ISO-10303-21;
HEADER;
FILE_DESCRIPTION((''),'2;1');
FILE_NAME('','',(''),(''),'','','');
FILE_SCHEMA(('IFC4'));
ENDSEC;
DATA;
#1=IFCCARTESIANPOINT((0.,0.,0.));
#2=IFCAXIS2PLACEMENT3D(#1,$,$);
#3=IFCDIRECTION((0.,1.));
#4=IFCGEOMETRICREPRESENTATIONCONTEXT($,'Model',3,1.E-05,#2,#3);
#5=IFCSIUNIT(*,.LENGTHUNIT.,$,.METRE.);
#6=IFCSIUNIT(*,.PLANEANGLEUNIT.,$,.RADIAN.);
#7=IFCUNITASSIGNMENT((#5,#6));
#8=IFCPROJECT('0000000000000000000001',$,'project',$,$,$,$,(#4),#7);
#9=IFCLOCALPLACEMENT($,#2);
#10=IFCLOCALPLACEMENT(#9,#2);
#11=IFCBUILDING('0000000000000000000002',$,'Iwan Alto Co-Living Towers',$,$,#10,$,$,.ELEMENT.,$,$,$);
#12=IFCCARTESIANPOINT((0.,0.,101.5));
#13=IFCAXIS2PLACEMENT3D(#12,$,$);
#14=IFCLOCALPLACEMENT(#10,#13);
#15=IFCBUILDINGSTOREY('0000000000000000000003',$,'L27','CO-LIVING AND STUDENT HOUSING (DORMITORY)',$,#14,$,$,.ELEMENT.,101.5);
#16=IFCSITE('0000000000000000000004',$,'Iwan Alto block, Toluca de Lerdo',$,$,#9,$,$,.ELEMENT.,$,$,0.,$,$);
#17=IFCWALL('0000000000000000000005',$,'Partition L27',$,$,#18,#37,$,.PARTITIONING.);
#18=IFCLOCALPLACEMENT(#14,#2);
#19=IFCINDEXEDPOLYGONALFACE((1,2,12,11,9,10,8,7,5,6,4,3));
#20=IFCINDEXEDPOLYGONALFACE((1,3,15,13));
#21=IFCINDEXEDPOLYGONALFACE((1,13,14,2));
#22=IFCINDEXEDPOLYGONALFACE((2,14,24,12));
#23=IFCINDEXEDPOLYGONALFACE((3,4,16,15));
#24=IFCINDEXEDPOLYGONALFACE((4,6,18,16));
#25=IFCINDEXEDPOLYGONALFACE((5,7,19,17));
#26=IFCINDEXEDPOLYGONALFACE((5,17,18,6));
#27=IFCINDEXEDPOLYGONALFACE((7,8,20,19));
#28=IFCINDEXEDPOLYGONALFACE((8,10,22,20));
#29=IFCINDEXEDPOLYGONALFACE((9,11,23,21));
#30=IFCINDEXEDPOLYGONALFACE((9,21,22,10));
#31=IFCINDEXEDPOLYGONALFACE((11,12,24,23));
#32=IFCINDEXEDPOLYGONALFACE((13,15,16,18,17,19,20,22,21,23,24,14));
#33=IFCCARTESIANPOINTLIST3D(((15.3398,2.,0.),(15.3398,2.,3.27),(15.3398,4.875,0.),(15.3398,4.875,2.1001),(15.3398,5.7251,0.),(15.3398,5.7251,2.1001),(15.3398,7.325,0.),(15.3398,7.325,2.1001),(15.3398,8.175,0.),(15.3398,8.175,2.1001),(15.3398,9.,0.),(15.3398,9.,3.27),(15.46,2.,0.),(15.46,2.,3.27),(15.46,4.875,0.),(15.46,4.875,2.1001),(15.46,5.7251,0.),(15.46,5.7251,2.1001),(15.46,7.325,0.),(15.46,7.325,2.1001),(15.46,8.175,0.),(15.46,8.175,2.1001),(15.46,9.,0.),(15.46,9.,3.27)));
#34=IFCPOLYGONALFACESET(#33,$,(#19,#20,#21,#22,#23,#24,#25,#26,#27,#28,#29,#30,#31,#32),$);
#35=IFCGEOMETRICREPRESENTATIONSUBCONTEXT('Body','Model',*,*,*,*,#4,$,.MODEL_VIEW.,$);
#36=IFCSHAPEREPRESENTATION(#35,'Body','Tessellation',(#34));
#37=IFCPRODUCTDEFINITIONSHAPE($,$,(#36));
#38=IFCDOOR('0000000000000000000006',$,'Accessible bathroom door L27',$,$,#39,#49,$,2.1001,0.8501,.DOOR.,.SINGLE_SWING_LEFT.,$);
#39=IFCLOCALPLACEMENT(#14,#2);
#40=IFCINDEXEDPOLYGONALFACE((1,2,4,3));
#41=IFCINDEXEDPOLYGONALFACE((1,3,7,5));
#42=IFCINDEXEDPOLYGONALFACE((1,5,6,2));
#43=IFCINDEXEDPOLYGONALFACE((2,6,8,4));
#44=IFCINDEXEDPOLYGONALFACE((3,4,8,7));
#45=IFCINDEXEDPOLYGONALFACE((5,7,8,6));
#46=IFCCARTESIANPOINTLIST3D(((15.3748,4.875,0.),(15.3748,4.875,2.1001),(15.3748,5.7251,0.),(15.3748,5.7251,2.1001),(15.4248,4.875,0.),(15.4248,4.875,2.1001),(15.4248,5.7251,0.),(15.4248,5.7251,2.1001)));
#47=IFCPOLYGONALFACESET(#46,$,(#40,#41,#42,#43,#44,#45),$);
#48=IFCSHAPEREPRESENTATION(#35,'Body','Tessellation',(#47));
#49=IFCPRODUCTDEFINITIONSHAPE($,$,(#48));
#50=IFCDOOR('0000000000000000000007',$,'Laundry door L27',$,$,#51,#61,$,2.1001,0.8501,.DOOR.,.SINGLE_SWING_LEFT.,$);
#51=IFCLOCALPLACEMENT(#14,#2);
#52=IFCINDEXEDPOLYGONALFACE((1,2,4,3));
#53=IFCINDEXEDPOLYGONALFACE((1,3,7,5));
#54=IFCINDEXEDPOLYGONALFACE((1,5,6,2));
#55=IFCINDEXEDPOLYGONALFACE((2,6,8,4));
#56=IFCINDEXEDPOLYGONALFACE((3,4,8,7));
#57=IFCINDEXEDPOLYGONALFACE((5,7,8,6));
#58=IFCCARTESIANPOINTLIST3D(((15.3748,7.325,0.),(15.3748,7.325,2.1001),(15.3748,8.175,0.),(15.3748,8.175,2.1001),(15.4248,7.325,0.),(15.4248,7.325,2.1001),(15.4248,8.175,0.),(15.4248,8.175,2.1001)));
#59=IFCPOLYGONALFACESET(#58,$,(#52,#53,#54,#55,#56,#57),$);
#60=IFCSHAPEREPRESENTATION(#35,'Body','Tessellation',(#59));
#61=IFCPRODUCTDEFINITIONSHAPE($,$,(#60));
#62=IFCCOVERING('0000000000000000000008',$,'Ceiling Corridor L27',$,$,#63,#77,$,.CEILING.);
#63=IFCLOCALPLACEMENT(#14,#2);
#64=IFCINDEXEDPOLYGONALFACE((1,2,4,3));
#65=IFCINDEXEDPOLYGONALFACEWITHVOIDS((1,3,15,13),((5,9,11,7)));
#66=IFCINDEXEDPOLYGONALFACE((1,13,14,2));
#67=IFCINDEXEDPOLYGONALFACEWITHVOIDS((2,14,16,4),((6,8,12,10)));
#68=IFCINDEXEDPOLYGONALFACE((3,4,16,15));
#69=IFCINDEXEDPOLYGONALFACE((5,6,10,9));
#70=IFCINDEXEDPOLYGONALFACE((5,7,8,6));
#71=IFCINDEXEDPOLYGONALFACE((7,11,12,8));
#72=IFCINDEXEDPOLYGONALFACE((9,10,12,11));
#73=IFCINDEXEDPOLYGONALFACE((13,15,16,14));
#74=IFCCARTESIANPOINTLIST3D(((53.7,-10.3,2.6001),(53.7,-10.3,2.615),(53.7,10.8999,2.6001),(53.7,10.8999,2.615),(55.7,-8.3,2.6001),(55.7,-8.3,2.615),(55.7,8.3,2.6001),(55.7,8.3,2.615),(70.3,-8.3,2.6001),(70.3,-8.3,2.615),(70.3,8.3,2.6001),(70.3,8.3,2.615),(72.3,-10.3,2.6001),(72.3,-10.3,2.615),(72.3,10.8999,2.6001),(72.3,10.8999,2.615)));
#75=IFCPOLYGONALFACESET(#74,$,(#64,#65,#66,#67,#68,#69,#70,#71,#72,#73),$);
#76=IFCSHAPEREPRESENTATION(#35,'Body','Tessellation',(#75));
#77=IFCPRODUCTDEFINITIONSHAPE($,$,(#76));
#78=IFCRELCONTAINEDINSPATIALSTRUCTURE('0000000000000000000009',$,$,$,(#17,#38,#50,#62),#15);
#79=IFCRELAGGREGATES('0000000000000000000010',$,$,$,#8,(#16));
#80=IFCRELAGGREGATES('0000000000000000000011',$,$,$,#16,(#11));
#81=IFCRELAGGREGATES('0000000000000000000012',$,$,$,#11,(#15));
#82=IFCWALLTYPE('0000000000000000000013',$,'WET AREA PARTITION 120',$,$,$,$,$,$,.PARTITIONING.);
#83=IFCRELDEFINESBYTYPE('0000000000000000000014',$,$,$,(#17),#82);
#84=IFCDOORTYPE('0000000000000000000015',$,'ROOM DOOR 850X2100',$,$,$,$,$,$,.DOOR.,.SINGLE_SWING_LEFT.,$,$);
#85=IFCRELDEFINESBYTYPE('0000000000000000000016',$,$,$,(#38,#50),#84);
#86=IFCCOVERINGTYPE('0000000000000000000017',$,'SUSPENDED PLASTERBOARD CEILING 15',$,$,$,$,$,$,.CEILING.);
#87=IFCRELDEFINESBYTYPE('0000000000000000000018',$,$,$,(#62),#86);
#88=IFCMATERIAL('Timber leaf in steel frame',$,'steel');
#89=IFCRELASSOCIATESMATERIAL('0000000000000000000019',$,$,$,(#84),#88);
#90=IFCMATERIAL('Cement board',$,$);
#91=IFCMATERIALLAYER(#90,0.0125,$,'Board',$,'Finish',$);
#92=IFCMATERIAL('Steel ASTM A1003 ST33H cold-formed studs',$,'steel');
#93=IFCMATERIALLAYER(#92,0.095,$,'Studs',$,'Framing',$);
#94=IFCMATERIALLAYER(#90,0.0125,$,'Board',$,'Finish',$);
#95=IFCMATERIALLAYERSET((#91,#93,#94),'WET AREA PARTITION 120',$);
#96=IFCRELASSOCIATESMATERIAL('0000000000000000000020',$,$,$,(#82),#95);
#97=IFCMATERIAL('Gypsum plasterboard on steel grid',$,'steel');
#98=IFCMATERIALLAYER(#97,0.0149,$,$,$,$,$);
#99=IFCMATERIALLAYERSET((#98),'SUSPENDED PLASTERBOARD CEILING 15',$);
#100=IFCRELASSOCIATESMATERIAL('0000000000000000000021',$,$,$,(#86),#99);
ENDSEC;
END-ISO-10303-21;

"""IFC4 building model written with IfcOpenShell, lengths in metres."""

from ifc_helpers import new_model, si_unit, direction, frame, frame_2d, origin, place, context, subcontext, project, spatial, polyline, rectangle, outline, extrude, material, layer, layer_set, type_object, element, fill, save


model = new_model("IFC4")

# Units and contexts
model_context = context("Model", 3, precision=1e-05, world=origin(), true_north=direction((0.0, 1.0)))
body_context = subcontext(model_context, "Body", "Model", "MODEL_VIEW")
ifc_project = project(units=[si_unit("LENGTHUNIT", "METRE"), si_unit("PLANEANGLEUNIT", "RADIAN")], contexts=[model_context])

# Site, building, storey
site_placement = place(None, origin())
site = spatial("IfcSite", under=ifc_project, at=site_placement, Name="Iwan Alto block, Toluca de Lerdo", CompositionType="ELEMENT", RefElevation=0.0)
building_placement = place(site_placement, origin())
building = spatial("IfcBuilding", under=site, at=building_placement, Name="Iwan Alto Co-Living Towers", CompositionType="ELEMENT")
storey_placement = place(building_placement, frame((0.0, 0.0, 101.5)))
storey = spatial("IfcBuildingStorey", under=building, at=storey_placement, Name="L27", Description="CO-LIVING AND STUDENT HOUSING (DORMITORY)", CompositionType="ELEMENT", Elevation=101.5)

# Shared definitions
ifc_material_1 = material(Name="Steel ASTM A1003 ST33H cold-formed studs", Category="steel")

# Shared definitions
ifc_material_2 = material(Name="Timber leaf in steel frame", Category="steel")
door_type_1 = type_object("IfcDoorType", Name="ROOM DOOR 850X2100", OperationType="SINGLE_SWING_LEFT", PredefinedType="DOOR", material=ifc_material_2)

# Shared definitions
ifc_material_3 = material(Name="Cement board")
ifc_layer_1 = layer(ifc_material_3, 0.0125, Name="Board", Category="Finish")
ifc_layer_2 = layer(ifc_material_1, 0.095, Name="Studs", Category="Framing")
ifc_layer_3 = layer(ifc_material_3, 0.0125, Name="Board", Category="Finish")
ifc_layer_set_1 = layer_set([ifc_layer_1, ifc_layer_2, ifc_layer_3], Name="WET AREA PARTITION 120")
wall_type_1 = type_object("IfcWallType", Name="WET AREA PARTITION 120", PredefinedType="PARTITIONING", material=ifc_layer_set_1)

# Wall, openings, doors
wall_1_placement = place(storey_placement, frame((15.3999, 2.0, 0.0), z_axis=(0.0, 0.0, 1.0), x_axis=(0.0, 1.0, 0.0)))
wall_1 = element("IfcWall", 1, at=wall_1_placement, inside=storey, type_object=wall_type_1, Name="Partition L27", PredefinedType="PARTITIONING", context=body_context, shape_type="SweptSolid", body=[
    extrude(rectangle(XDim=7.0, YDim=0.1201, at=frame_2d((3.5, 0.0))), origin(), (0.0, 0.0, 1.0), 3.27),
])
opening_1_placement = place(wall_1_placement, frame((2.875, 0.0, 0.0)))
opening_1 = element("IfcOpeningElement", 2, at=opening_1_placement, cuts=wall_1, PredefinedType="OPENING", context=body_context, shape_type="SweptSolid", body=[
    extrude(rectangle(XDim=0.8501, YDim=2.1001, at=frame_2d((0.425, 1.05))), frame((0.0, 0.0701, 0.0), z_axis=(0.0, -1.0, 0.0), x_axis=(1.0, 0.0, 0.0)), (0.0, 0.0, 1.0), 0.1401),
])
opening_2_placement = place(wall_1_placement, frame((5.325, 0.0, 0.0)))
opening_2 = element("IfcOpeningElement", 3, at=opening_2_placement, cuts=wall_1, PredefinedType="OPENING", context=body_context, shape_type="SweptSolid", body=[
    extrude(rectangle(XDim=0.8501, YDim=2.1001, at=frame_2d((0.425, 1.05))), frame((0.0, 0.0701, 0.0), z_axis=(0.0, -1.0, 0.0), x_axis=(1.0, 0.0, 0.0)), (0.0, 0.0, 1.0), 0.1401),
])
door_1_placement = place(opening_1_placement, frame((0.8501, 0.0, 0.0), z_axis=(0.0, 0.0, 1.0), x_axis=(-1.0, 0.0, 0.0)))
door_1 = element("IfcDoor", 4, at=door_1_placement, inside=storey, type_object=door_type_1, Name="Accessible bathroom door L27", OperationType="SINGLE_SWING_LEFT", OverallHeight=2.1001, OverallWidth=0.8501, PredefinedType="DOOR", context=body_context, shape_type="SweptSolid", body=[
    extrude(rectangle(XDim=0.8501, YDim=2.1001, at=frame_2d((0.425, 1.05))), frame((0.0, 0.0249, 0.0), z_axis=(0.0, -1.0, 0.0), x_axis=(1.0, 0.0, 0.0)), (0.0, 0.0, 1.0), 0.05),
])
fill(opening_1, door_1)
door_2_placement = place(opening_2_placement, frame((0.8501, 0.0, 0.0), z_axis=(0.0, 0.0, 1.0), x_axis=(-1.0, 0.0, 0.0)))
door_2 = element("IfcDoor", 5, at=door_2_placement, inside=storey, type_object=door_type_1, Name="Laundry door L27", OperationType="SINGLE_SWING_LEFT", OverallHeight=2.1001, OverallWidth=0.8501, PredefinedType="DOOR", context=body_context, shape_type="SweptSolid", body=[
    extrude(rectangle(XDim=0.8501, YDim=2.1001, at=frame_2d((0.425, 1.05))), frame((0.0, 0.0249, 0.0), z_axis=(0.0, -1.0, 0.0), x_axis=(1.0, 0.0, 0.0)), (0.0, 0.0, 1.0), 0.05),
])
fill(opening_2, door_2)

# Covering
ifc_material_4 = material(Name="Gypsum plasterboard on steel grid", Category="steel")
ifc_layer_4 = layer(ifc_material_4, 0.0149)
ifc_layer_set_2 = layer_set([ifc_layer_4], Name="SUSPENDED PLASTERBOARD CEILING 15")
covering_type = type_object("IfcCoveringType", Name="SUSPENDED PLASTERBOARD CEILING 15", PredefinedType="CEILING", material=ifc_layer_set_2)
covering_placement = place(storey_placement, frame((0.0, 0.0, 2.6001)))
element("IfcCovering", 6, at=covering_placement, inside=storey, type_object=covering_type, Name="Ceiling Corridor L27", PredefinedType="CEILING", context=body_context, shape_type="SweptSolid", body=[
    extrude(outline(polyline([(53.7, 10.8999), (72.3, 10.8999), (72.3, -10.3), (53.7, -10.3), (53.7, 10.8999)]), holes=[polyline([(55.7, 8.3), (55.7, -8.3), (70.3, -8.3), (70.3, 8.3), (55.7, 8.3)])]), origin(), (0.0, 0.0, 1.0), 0.0149),
])

save(model, "model.ifc")
